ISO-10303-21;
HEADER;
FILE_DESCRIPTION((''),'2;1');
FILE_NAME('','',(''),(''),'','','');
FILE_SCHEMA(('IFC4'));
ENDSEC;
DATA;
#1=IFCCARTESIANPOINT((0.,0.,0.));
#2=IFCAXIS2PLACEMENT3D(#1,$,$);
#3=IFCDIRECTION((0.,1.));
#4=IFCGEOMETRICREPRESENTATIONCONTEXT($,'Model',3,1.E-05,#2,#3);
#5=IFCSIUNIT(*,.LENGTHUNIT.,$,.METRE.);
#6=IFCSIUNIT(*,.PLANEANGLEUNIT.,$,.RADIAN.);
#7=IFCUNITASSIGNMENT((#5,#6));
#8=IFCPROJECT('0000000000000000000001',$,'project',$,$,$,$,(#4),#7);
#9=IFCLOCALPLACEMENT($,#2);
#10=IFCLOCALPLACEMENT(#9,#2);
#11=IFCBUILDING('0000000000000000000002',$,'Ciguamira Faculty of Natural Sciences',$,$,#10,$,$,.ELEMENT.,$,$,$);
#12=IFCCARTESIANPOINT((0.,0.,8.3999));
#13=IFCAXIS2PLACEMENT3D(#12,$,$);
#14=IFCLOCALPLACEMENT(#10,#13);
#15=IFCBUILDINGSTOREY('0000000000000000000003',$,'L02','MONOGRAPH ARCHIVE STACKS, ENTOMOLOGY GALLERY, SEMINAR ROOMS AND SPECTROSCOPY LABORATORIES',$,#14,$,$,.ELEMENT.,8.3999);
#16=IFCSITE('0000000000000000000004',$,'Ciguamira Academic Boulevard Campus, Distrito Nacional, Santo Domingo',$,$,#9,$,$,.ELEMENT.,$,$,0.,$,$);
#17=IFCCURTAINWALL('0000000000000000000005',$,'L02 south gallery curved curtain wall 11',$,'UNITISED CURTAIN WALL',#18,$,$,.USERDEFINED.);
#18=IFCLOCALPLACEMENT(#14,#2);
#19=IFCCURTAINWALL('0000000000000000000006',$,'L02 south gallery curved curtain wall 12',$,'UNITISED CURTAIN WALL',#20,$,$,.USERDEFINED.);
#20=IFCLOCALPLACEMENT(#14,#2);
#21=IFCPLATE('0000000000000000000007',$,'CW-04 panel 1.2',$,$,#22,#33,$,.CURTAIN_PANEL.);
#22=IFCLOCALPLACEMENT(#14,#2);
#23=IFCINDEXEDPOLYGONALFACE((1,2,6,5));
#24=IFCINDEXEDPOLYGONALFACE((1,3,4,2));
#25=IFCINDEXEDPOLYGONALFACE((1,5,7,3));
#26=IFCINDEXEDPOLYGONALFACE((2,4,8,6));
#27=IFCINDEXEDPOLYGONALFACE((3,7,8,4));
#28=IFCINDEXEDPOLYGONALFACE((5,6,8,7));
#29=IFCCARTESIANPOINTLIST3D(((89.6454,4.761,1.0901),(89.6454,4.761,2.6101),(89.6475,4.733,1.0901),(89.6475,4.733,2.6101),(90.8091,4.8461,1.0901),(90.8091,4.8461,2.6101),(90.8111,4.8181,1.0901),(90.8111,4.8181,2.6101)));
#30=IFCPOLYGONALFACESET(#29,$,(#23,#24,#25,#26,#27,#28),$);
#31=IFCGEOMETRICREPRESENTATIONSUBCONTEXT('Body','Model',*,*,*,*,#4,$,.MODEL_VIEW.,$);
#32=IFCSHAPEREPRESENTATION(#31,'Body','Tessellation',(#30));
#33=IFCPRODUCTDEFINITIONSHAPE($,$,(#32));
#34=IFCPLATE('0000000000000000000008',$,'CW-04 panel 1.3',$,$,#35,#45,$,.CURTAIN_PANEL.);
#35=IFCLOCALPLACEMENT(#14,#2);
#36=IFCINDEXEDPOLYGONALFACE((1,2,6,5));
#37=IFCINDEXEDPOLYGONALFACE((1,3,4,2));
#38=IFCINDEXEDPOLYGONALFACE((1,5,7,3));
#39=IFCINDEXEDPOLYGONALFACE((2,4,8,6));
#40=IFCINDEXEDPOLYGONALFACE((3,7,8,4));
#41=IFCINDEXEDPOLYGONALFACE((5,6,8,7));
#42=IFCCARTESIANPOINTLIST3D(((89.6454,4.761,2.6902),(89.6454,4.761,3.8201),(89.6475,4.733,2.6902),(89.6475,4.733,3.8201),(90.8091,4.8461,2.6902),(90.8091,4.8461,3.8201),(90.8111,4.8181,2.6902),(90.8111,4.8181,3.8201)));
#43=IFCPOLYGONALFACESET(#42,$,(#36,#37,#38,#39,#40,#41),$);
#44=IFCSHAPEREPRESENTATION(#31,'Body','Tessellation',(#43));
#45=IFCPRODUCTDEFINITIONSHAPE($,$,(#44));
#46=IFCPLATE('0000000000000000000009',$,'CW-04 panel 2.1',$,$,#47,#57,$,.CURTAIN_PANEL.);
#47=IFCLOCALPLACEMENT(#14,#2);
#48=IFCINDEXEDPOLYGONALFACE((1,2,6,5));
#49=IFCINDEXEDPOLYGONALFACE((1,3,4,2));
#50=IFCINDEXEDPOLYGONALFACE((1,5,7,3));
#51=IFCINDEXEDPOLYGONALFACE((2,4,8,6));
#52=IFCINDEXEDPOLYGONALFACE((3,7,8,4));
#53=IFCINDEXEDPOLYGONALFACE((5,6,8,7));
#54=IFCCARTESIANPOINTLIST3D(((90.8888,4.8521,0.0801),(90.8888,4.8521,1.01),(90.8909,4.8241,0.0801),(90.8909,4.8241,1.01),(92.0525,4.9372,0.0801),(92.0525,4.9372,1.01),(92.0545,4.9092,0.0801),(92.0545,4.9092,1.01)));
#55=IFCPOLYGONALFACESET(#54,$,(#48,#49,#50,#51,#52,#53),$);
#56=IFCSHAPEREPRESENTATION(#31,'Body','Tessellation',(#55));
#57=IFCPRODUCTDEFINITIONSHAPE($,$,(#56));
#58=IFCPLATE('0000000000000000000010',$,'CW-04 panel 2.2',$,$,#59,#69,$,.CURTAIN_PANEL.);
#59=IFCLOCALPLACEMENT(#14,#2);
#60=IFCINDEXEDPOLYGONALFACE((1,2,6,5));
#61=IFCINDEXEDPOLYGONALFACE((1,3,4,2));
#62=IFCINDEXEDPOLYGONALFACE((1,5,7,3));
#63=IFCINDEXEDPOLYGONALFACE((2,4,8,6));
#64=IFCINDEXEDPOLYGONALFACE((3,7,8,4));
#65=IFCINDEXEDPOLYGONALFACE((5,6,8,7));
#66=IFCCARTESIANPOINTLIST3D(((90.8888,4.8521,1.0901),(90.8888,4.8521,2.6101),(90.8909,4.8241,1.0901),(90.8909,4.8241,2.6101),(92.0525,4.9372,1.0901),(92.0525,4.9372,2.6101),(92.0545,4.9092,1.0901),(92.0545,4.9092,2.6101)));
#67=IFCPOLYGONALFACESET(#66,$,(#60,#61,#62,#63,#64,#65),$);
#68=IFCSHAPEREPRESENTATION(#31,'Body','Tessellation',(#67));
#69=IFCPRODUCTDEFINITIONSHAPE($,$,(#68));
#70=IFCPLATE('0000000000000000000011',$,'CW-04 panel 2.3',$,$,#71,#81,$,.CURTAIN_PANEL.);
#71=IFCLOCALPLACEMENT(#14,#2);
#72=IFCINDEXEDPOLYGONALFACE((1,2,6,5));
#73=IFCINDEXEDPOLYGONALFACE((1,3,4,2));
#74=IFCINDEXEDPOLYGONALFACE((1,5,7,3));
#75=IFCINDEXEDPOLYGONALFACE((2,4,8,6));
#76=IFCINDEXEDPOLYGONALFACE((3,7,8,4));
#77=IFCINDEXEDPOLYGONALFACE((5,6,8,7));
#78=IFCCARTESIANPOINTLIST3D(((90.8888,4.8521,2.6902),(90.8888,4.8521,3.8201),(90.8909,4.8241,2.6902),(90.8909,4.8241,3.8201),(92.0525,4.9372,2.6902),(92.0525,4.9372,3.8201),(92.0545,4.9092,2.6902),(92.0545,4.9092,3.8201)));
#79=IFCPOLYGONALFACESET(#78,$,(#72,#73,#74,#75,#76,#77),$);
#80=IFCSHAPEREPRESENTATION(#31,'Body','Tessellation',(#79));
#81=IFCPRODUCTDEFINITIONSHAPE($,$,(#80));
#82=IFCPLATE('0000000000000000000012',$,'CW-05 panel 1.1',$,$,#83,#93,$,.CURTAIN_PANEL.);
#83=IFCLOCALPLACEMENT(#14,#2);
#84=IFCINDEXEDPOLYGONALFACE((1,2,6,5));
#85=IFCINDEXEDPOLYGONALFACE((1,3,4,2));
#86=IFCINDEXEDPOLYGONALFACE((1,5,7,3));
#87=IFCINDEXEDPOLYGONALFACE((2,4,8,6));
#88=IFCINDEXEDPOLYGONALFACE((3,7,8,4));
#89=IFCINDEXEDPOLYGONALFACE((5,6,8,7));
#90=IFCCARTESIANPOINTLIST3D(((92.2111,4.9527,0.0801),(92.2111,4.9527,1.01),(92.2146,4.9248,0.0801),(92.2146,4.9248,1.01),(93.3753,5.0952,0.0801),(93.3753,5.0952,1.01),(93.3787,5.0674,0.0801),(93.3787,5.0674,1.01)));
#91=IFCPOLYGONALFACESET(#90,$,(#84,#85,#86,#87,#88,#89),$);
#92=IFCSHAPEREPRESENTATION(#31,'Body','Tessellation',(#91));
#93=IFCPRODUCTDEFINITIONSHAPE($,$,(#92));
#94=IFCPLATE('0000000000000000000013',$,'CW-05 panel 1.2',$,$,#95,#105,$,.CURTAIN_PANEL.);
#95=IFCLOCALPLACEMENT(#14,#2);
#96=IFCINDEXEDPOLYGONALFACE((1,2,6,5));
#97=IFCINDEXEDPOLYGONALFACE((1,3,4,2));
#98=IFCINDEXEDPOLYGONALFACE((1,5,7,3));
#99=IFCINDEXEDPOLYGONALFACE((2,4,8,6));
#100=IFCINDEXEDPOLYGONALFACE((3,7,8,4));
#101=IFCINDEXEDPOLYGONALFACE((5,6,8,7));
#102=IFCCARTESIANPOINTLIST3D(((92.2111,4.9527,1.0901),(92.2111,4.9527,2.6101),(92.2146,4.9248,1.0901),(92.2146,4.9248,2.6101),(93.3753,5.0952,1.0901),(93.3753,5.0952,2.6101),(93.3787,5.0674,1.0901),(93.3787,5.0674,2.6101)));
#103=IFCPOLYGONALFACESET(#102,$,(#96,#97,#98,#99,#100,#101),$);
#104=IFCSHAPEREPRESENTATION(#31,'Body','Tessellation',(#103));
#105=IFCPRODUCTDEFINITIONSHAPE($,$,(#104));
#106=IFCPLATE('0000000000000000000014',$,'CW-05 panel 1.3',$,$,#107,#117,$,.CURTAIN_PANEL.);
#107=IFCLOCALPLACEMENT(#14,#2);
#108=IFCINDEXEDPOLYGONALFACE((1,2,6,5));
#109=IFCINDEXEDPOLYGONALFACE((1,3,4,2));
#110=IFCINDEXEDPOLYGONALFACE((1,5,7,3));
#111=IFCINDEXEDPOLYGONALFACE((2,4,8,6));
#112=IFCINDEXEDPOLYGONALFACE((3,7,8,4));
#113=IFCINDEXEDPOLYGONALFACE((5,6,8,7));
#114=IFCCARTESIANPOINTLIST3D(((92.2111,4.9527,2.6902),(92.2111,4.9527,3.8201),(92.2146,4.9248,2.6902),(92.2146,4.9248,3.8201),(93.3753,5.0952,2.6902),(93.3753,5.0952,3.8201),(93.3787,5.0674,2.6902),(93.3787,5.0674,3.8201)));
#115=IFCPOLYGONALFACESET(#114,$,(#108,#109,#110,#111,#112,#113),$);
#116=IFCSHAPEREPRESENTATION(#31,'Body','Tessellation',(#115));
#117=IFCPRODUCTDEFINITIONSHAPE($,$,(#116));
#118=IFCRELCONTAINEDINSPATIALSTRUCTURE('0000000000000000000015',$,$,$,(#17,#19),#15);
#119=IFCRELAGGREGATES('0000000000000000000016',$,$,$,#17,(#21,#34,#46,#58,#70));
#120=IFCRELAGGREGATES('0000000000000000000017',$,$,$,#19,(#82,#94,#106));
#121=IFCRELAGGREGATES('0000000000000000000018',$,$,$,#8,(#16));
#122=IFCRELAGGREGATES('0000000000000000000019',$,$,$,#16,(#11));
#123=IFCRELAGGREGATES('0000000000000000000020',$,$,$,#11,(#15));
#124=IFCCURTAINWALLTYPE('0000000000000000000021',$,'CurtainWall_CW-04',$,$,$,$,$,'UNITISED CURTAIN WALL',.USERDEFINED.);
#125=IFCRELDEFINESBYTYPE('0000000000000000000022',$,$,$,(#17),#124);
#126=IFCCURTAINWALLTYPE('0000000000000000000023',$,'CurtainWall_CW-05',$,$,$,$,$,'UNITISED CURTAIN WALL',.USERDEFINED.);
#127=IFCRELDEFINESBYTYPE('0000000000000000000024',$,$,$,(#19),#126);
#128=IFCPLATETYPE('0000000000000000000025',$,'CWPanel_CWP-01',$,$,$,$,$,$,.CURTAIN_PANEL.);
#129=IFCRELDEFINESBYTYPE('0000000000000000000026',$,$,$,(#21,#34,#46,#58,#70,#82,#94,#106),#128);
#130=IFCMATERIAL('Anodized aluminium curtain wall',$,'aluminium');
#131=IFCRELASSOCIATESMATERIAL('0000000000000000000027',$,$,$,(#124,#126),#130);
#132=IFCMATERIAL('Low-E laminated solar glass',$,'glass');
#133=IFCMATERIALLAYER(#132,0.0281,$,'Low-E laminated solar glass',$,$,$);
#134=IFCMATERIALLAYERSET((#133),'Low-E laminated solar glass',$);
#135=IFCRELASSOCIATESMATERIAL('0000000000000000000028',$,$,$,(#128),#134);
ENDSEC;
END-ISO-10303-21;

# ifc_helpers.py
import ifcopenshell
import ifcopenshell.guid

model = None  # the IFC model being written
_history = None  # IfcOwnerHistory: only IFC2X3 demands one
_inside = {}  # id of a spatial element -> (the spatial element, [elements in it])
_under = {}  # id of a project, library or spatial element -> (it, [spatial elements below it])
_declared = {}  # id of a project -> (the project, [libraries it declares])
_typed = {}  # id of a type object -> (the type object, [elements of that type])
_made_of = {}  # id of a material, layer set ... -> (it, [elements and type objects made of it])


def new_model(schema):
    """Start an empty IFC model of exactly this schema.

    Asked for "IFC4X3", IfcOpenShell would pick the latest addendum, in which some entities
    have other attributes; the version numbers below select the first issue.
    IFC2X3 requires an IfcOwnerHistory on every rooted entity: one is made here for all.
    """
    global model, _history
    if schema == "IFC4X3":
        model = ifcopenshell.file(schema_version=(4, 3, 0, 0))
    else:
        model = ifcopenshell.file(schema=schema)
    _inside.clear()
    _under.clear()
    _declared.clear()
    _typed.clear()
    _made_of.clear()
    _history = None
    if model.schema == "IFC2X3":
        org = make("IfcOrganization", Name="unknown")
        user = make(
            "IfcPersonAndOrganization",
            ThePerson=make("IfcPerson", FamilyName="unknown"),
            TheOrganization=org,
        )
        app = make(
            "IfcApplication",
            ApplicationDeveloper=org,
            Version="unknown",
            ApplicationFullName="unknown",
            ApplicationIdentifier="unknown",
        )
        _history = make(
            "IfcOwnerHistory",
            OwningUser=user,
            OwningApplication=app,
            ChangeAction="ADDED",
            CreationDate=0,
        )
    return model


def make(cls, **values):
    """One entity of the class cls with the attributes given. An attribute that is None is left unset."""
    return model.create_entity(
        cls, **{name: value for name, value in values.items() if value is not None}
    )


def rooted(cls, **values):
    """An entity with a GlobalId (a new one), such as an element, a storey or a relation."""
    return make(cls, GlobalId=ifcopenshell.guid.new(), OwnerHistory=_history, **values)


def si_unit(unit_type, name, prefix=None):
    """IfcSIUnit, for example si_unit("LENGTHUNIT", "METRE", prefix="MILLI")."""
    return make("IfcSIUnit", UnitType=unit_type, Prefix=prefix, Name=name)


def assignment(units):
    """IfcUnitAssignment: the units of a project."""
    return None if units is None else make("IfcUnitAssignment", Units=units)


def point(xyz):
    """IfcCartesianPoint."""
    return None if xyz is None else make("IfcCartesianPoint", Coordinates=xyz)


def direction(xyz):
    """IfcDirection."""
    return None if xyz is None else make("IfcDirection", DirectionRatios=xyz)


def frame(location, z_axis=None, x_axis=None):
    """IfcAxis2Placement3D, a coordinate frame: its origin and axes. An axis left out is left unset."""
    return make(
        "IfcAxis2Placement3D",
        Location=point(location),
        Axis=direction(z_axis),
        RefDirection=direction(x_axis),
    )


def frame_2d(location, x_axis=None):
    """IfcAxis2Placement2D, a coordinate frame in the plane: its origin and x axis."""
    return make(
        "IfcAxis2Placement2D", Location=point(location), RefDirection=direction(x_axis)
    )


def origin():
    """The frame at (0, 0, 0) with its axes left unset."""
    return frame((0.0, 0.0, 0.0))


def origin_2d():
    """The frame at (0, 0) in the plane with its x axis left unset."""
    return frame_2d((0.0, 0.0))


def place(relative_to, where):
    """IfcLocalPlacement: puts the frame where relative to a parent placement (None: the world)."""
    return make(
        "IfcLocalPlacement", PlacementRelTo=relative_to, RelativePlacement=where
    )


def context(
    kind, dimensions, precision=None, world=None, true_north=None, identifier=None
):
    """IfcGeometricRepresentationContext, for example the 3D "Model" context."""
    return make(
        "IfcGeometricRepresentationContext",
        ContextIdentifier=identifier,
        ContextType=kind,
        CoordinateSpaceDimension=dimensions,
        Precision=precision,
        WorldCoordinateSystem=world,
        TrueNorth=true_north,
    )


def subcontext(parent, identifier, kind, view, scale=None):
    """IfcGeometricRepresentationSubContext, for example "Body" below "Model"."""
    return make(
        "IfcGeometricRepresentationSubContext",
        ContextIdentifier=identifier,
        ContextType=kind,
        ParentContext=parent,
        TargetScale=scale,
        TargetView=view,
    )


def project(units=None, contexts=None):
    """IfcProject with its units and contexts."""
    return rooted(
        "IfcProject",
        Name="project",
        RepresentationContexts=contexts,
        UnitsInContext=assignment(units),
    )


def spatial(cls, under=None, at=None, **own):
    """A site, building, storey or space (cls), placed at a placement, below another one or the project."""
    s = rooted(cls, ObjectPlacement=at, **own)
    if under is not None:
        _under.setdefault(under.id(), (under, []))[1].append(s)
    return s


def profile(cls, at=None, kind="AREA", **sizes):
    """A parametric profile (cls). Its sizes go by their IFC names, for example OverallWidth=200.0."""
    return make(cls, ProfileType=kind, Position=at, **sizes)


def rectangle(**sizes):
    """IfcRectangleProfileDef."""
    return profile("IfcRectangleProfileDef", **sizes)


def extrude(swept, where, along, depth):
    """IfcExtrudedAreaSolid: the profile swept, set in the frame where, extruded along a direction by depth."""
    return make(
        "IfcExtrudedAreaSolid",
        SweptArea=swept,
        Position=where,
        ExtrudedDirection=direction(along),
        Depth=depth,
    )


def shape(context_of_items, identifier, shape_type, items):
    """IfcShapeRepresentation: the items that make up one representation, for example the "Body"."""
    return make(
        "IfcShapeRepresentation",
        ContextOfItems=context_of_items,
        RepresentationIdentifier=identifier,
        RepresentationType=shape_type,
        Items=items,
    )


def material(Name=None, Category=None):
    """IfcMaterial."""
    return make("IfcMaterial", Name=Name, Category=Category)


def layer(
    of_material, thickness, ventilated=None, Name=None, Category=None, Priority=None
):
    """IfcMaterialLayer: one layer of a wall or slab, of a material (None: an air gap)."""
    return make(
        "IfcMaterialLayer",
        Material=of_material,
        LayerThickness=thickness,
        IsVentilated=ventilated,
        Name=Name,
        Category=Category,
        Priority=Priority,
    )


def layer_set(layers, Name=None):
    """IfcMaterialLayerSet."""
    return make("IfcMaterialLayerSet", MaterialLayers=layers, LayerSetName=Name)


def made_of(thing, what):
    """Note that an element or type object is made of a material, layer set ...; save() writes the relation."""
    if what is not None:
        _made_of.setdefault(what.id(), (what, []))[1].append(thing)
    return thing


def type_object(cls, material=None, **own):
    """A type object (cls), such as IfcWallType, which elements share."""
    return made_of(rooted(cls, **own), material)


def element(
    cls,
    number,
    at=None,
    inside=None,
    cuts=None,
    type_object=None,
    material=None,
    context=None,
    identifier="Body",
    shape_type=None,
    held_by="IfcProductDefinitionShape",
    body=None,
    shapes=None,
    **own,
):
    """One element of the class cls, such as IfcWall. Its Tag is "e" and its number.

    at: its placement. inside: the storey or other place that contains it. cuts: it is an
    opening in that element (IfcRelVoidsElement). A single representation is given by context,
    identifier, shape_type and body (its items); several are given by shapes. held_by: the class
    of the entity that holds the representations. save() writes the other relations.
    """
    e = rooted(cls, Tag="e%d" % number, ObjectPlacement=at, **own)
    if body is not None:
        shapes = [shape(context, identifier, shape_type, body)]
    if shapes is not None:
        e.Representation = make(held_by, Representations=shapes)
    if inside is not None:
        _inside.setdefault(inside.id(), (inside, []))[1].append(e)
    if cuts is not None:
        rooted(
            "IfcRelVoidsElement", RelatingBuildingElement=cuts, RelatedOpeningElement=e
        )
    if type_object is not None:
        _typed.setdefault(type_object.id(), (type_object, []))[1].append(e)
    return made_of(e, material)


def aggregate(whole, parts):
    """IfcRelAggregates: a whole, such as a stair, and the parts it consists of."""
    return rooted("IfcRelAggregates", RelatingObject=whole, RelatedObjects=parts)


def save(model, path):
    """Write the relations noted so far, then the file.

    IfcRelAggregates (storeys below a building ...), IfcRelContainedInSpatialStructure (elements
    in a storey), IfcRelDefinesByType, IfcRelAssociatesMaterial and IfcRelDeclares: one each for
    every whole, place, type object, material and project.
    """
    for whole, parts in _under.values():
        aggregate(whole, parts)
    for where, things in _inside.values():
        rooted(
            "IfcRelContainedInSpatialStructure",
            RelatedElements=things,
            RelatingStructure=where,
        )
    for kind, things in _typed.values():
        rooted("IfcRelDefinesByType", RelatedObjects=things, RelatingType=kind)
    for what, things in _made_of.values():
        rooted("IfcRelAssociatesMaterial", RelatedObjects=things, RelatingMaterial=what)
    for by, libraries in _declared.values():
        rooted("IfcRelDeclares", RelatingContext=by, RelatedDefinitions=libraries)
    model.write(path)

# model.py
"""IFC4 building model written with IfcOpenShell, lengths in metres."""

from ifc_helpers import new_model, si_unit, direction, frame, origin, origin_2d, place, context, subcontext, project, spatial, rectangle, extrude, material, layer, layer_set, type_object, element, aggregate, save


model = new_model("IFC4")

# Units and contexts
model_context = context("Model", 3, precision=1e-05, world=origin(), true_north=direction((0.0, 1.0)))
body_context = subcontext(model_context, "Body", "Model", "MODEL_VIEW")
ifc_project = project(units=[si_unit("LENGTHUNIT", "METRE"), si_unit("PLANEANGLEUNIT", "RADIAN")], contexts=[model_context])

# Site, building, storey
site_placement = place(None, origin())
site = spatial("IfcSite", under=ifc_project, at=site_placement, Name="Ciguamira Academic Boulevard Campus, Distrito Nacional, Santo Domingo", CompositionType="ELEMENT", RefElevation=0.0)
building_placement = place(site_placement, origin())
building = spatial("IfcBuilding", under=site, at=building_placement, Name="Ciguamira Faculty of Natural Sciences", CompositionType="ELEMENT")
storey_placement = place(building_placement, frame((0.0, 0.0, 8.3999)))
storey = spatial("IfcBuildingStorey", under=building, at=storey_placement, Name="L02", Description="MONOGRAPH ARCHIVE STACKS, ENTOMOLOGY GALLERY, SEMINAR ROOMS AND SPECTROSCOPY LABORATORIES", CompositionType="ELEMENT", Elevation=8.3999)

# Curtain walls
ifc_material_1 = material(Name="Anodized aluminium curtain wall", Category="aluminium")
curtain_wall_type_1 = type_object("IfcCurtainWallType", Name="CurtainWall_CW-04", ElementType="UNITISED CURTAIN WALL", PredefinedType="USERDEFINED", material=ifc_material_1)
curtain_wall_1_placement = place(storey_placement, origin())
curtain_wall_1 = element("IfcCurtainWall", 1, at=curtain_wall_1_placement, inside=storey, type_object=curtain_wall_type_1, Name="L02 south gallery curved curtain wall 11", ObjectType="UNITISED CURTAIN WALL", PredefinedType="USERDEFINED")
curtain_wall_type_2 = type_object("IfcCurtainWallType", Name="CurtainWall_CW-05", ElementType="UNITISED CURTAIN WALL", PredefinedType="USERDEFINED", material=ifc_material_1)
curtain_wall_2_placement = place(storey_placement, origin())
curtain_wall_2 = element("IfcCurtainWall", 2, at=curtain_wall_2_placement, inside=storey, type_object=curtain_wall_type_2, Name="L02 south gallery curved curtain wall 12", ObjectType="UNITISED CURTAIN WALL", PredefinedType="USERDEFINED")

# Plates
ifc_material_2 = material(Name="Low-E laminated solar glass", Category="glass")
ifc_layer = layer(ifc_material_2, 0.0281, Name="Low-E laminated solar glass")
ifc_layer_set = layer_set([ifc_layer], Name="Low-E laminated solar glass")
plate_type = type_object("IfcPlateType", Name="CWPanel_CWP-01", PredefinedType="CURTAIN_PANEL", material=ifc_layer_set)
plate_1_placement = place(storey_placement, frame((90.2283, 4.7896, 1.0901), z_axis=(0.0, 0.0, 1.0), x_axis=(0.997337, 0.072937, 0.0)))
plate_1 = element("IfcPlate", 3, at=plate_1_placement, type_object=plate_type, Name="CW-04 panel 1.2", PredefinedType="CURTAIN_PANEL", context=body_context, shape_type="SweptSolid", body=[
    extrude(rectangle(XDim=1.1667, YDim=0.0281, at=origin_2d()), origin(), (0.0, 0.0, 1.0), 1.52),
])
plate_2_placement = place(storey_placement, frame((90.2283, 4.7896, 2.6902), z_axis=(0.0, 0.0, 1.0), x_axis=(0.997337, 0.072937, 0.0)))
plate_2 = element("IfcPlate", 4, at=plate_2_placement, type_object=plate_type, Name="CW-04 panel 1.3", PredefinedType="CURTAIN_PANEL", context=body_context, shape_type="SweptSolid", body=[
    extrude(rectangle(XDim=1.1667, YDim=0.0281, at=origin_2d()), origin(), (0.0, 0.0, 1.0), 1.1299),
])
plate_3_placement = place(storey_placement, frame((91.4717, 4.8806, 0.0801), z_axis=(0.0, 0.0, 1.0), x_axis=(0.997337, 0.072937, 0.0)))
plate_3 = element("IfcPlate", 5, at=plate_3_placement, type_object=plate_type, Name="CW-04 panel 2.1", PredefinedType="CURTAIN_PANEL", context=body_context, shape_type="SweptSolid", body=[
    extrude(rectangle(XDim=1.1667, YDim=0.0281, at=origin_2d()), origin(), (0.0, 0.0, 1.0), 0.9299),
])
plate_4_placement = place(storey_placement, frame((91.4717, 4.8806, 1.0901), z_axis=(0.0, 0.0, 1.0), x_axis=(0.997337, 0.072937, 0.0)))
plate_4 = element("IfcPlate", 6, at=plate_4_placement, type_object=plate_type, Name="CW-04 panel 2.2", PredefinedType="CURTAIN_PANEL", context=body_context, shape_type="SweptSolid", body=[
    extrude(rectangle(XDim=1.1667, YDim=0.0281, at=origin_2d()), origin(), (0.0, 0.0, 1.0), 1.52),
])
plate_5_placement = place(storey_placement, frame((91.4717, 4.8806, 2.6902), z_axis=(0.0, 0.0, 1.0), x_axis=(0.997337, 0.072937, 0.0)))
plate_5 = element("IfcPlate", 7, at=plate_5_placement, type_object=plate_type, Name="CW-04 panel 2.3", PredefinedType="CURTAIN_PANEL", context=body_context, shape_type="SweptSolid", body=[
    extrude(rectangle(XDim=1.1667, YDim=0.0281, at=origin_2d()), origin(), (0.0, 0.0, 1.0), 1.1299),
])
aggregate(curtain_wall_1, [plate_1, plate_2, plate_3, plate_4, plate_5])
plate_6_placement = place(storey_placement, frame((92.7949, 5.01, 0.0801), z_axis=(0.0, 0.0, 1.0), x_axis=(0.992586, 0.121545, 0.0)))
plate_6 = element("IfcPlate", 8, at=plate_6_placement, type_object=plate_type, Name="CW-05 panel 1.1", PredefinedType="CURTAIN_PANEL", context=body_context, shape_type="SweptSolid", body=[
    extrude(rectangle(XDim=1.1729, YDim=0.0281, at=origin_2d()), origin(), (0.0, 0.0, 1.0), 0.9299),
])
plate_7_placement = place(storey_placement, frame((92.7949, 5.01, 1.0901), z_axis=(0.0, 0.0, 1.0), x_axis=(0.992586, 0.121545, 0.0)))
plate_7 = element("IfcPlate", 9, at=plate_7_placement, type_object=plate_type, Name="CW-05 panel 1.2", PredefinedType="CURTAIN_PANEL", context=body_context, shape_type="SweptSolid", body=[
    extrude(rectangle(XDim=1.1729, YDim=0.0281, at=origin_2d()), origin(), (0.0, 0.0, 1.0), 1.52),
])
plate_8_placement = place(storey_placement, frame((92.7949, 5.01, 2.6902), z_axis=(0.0, 0.0, 1.0), x_axis=(0.992586, 0.121545, 0.0)))
plate_8 = element("IfcPlate", 10, at=plate_8_placement, type_object=plate_type, Name="CW-05 panel 1.3", PredefinedType="CURTAIN_PANEL", context=body_context, shape_type="SweptSolid", body=[
    extrude(rectangle(XDim=1.1729, YDim=0.0281, at=origin_2d()), origin(), (0.0, 0.0, 1.0), 1.1299),
])
aggregate(curtain_wall_2, [plate_6, plate_7, plate_8])

save(model, "model.ifc")
